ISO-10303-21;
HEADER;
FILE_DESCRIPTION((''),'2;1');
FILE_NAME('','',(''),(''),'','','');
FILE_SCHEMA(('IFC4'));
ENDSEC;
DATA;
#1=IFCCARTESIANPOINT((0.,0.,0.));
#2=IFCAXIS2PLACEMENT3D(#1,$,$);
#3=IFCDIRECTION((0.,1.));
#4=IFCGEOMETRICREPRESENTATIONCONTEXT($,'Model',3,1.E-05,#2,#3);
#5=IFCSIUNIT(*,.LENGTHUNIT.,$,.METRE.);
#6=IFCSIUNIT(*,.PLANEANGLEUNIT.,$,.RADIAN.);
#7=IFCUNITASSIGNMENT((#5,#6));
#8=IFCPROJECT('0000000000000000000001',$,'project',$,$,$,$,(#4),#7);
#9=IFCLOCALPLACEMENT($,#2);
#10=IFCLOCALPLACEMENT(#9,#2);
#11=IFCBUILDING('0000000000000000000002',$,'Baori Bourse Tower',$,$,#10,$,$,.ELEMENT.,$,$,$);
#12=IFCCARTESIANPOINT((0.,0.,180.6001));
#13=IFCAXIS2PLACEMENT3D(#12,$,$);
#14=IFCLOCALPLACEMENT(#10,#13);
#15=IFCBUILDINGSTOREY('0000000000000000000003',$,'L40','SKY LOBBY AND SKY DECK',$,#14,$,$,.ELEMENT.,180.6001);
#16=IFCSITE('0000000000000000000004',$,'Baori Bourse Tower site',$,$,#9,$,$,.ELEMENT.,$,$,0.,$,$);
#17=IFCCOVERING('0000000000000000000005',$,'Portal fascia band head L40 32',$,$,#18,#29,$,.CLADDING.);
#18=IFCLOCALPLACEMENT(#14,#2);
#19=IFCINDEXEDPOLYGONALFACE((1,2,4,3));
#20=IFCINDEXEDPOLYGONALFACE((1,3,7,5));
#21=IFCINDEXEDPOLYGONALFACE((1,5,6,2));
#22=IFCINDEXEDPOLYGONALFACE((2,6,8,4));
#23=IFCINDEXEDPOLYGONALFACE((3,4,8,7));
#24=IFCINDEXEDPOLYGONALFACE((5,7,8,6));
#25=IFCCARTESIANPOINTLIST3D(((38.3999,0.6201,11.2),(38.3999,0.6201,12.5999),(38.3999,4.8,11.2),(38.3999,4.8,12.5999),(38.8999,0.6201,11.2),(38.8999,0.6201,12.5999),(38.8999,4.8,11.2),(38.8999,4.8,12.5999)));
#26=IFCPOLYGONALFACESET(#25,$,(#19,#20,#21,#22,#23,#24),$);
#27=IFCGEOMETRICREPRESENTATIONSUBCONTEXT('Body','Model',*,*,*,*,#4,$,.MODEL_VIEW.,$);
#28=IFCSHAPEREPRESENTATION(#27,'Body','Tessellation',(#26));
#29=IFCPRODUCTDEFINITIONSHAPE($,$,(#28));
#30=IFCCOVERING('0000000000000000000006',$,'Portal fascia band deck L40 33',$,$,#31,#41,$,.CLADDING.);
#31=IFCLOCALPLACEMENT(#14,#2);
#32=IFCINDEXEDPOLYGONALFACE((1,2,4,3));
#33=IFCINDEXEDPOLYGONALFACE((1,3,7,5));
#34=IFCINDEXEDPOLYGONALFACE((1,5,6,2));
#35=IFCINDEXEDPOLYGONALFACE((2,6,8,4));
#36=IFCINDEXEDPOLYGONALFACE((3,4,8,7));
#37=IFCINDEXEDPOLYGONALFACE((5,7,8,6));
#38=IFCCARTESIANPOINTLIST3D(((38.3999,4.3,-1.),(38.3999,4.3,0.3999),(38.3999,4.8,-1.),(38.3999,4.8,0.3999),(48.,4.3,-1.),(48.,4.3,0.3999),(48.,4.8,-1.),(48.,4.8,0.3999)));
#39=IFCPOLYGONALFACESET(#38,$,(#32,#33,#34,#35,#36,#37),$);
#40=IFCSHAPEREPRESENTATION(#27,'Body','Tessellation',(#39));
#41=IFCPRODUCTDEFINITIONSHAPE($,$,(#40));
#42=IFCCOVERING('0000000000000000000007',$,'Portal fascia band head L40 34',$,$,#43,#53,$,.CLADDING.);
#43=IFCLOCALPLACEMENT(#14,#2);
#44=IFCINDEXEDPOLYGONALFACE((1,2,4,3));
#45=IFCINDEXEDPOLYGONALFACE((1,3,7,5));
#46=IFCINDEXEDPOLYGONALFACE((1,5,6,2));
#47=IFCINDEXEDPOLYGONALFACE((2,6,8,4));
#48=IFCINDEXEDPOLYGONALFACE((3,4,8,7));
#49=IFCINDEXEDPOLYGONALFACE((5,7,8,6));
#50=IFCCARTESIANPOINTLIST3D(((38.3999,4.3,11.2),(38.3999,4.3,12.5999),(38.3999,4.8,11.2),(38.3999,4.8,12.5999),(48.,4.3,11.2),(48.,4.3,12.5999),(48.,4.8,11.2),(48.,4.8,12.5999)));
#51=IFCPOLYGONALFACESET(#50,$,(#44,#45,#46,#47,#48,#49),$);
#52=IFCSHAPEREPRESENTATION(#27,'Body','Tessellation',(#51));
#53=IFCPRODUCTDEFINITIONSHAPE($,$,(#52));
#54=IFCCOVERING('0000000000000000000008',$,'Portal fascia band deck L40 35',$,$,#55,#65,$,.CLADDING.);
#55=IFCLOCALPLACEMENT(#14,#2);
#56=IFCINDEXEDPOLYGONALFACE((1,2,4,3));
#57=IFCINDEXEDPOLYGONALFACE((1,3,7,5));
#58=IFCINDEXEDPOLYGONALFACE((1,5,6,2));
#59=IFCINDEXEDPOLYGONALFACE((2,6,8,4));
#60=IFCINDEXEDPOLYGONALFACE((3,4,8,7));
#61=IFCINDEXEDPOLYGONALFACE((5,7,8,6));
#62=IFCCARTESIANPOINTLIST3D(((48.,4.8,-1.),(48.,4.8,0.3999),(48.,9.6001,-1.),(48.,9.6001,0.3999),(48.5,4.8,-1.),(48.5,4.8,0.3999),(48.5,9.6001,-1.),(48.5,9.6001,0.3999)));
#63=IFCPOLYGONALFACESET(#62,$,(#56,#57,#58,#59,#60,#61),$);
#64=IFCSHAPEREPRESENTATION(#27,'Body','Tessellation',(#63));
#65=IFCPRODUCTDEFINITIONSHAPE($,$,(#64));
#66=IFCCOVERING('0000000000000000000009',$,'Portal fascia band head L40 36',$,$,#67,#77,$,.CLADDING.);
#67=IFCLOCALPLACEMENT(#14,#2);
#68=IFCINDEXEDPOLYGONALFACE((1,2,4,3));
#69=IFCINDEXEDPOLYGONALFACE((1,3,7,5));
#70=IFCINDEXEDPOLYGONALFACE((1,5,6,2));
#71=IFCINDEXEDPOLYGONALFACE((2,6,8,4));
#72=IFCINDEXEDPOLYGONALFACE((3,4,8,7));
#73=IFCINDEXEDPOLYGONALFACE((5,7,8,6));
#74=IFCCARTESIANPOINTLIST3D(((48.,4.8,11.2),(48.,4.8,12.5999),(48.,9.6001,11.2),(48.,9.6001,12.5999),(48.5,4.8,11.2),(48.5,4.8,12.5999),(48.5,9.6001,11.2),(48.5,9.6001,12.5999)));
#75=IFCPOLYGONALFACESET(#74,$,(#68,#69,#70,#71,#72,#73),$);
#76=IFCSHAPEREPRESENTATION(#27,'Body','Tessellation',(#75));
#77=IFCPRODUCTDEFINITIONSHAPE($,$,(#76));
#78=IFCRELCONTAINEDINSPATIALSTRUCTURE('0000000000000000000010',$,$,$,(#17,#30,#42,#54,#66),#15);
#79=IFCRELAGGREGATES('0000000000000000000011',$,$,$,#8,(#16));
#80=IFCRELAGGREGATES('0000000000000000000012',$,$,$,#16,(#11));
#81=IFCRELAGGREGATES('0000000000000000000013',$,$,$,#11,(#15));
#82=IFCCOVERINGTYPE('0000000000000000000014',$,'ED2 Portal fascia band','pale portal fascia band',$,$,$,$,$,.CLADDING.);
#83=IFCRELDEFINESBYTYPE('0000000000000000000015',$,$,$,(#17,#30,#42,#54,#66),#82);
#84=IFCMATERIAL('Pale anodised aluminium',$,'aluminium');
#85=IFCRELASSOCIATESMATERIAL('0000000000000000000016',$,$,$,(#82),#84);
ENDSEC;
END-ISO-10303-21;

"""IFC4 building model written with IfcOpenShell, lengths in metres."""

from ifc_helpers import new_model, si_unit, direction, frame, origin, place, context, subcontext, project, spatial, polyline, outline, extrude, material, type_object, element, save


model = new_model("IFC4")

# Units and contexts
model_context = context("Model", 3, precision=1e-05, world=origin(), true_north=direction((0.0, 1.0)))
body_context = subcontext(model_context, "Body", "Model", "MODEL_VIEW")
ifc_project = project(units=[si_unit("LENGTHUNIT", "METRE"), si_unit("PLANEANGLEUNIT", "RADIAN")], contexts=[model_context])

# Site, building, storey
site_placement = place(None, origin())
site = spatial("IfcSite", under=ifc_project, at=site_placement, Name="Baori Bourse Tower site", CompositionType="ELEMENT", RefElevation=0.0)
building_placement = place(site_placement, origin())
building = spatial("IfcBuilding", under=site, at=building_placement, Name="Baori Bourse Tower", CompositionType="ELEMENT")
storey_placement = place(building_placement, frame((0.0, 0.0, 180.6001)))
storey = spatial("IfcBuildingStorey", under=building, at=storey_placement, Name="L40", Description="SKY LOBBY AND SKY DECK", CompositionType="ELEMENT", Elevation=180.6001)

# Coverings
ifc_material_1 = material(Name="Pale anodised aluminium", Category="aluminium")
covering_type = type_object("IfcCoveringType", Name="ED2 Portal fascia band", Description="pale portal fascia band", PredefinedType="CLADDING", material=ifc_material_1)
for number, where, name in (
    (1, (0.0, 0.0, 11.2), "Portal fascia band head L40 32"),
):
    element("IfcCovering", number, at=place(storey_placement, frame(where)), inside=storey, type_object=covering_type, Name=name, PredefinedType="CLADDING", context=body_context, shape_type="SweptSolid", body=[
        extrude(outline(polyline([(38.3999, 4.8), (38.3999, 0.6201), (38.8999, 0.6201), (38.8999, 4.8), (38.3999, 4.8)])), origin(), (0.0, 0.0, 1.0), 1.3999),
    ])
for number, where, name in (
    (2, (0.0, 0.0, -1.0), "Portal fascia band deck L40 33"),
    (3, (0.0, 0.0, 11.2), "Portal fascia band head L40 34"),
):
    element("IfcCovering", number, at=place(storey_placement, frame(where)), inside=storey, type_object=covering_type, Name=name, PredefinedType="CLADDING", context=body_context, shape_type="SweptSolid", body=[
        extrude(outline(polyline([(48.0, 4.8), (38.3999, 4.8), (38.3999, 4.3), (48.0, 4.3), (48.0, 4.8)])), origin(), (0.0, 0.0, 1.0), 1.3999),
    ])
for number, where, name in (
    (4, (0.0, 0.0, -1.0), "Portal fascia band deck L40 35"),
    (5, (0.0, 0.0, 11.2), "Portal fascia band head L40 36"),
):
    element("IfcCovering", number, at=place(storey_placement, frame(where)), inside=storey, type_object=covering_type, Name=name, PredefinedType="CLADDING", context=body_context, shape_type="SweptSolid", body=[
        extrude(outline(polyline([(48.0, 9.6001), (48.0, 4.8), (48.5, 4.8), (48.5, 9.6001), (48.0, 9.6001)])), origin(), (0.0, 0.0, 1.0), 1.3999),
    ])

save(model, "model.ifc")
